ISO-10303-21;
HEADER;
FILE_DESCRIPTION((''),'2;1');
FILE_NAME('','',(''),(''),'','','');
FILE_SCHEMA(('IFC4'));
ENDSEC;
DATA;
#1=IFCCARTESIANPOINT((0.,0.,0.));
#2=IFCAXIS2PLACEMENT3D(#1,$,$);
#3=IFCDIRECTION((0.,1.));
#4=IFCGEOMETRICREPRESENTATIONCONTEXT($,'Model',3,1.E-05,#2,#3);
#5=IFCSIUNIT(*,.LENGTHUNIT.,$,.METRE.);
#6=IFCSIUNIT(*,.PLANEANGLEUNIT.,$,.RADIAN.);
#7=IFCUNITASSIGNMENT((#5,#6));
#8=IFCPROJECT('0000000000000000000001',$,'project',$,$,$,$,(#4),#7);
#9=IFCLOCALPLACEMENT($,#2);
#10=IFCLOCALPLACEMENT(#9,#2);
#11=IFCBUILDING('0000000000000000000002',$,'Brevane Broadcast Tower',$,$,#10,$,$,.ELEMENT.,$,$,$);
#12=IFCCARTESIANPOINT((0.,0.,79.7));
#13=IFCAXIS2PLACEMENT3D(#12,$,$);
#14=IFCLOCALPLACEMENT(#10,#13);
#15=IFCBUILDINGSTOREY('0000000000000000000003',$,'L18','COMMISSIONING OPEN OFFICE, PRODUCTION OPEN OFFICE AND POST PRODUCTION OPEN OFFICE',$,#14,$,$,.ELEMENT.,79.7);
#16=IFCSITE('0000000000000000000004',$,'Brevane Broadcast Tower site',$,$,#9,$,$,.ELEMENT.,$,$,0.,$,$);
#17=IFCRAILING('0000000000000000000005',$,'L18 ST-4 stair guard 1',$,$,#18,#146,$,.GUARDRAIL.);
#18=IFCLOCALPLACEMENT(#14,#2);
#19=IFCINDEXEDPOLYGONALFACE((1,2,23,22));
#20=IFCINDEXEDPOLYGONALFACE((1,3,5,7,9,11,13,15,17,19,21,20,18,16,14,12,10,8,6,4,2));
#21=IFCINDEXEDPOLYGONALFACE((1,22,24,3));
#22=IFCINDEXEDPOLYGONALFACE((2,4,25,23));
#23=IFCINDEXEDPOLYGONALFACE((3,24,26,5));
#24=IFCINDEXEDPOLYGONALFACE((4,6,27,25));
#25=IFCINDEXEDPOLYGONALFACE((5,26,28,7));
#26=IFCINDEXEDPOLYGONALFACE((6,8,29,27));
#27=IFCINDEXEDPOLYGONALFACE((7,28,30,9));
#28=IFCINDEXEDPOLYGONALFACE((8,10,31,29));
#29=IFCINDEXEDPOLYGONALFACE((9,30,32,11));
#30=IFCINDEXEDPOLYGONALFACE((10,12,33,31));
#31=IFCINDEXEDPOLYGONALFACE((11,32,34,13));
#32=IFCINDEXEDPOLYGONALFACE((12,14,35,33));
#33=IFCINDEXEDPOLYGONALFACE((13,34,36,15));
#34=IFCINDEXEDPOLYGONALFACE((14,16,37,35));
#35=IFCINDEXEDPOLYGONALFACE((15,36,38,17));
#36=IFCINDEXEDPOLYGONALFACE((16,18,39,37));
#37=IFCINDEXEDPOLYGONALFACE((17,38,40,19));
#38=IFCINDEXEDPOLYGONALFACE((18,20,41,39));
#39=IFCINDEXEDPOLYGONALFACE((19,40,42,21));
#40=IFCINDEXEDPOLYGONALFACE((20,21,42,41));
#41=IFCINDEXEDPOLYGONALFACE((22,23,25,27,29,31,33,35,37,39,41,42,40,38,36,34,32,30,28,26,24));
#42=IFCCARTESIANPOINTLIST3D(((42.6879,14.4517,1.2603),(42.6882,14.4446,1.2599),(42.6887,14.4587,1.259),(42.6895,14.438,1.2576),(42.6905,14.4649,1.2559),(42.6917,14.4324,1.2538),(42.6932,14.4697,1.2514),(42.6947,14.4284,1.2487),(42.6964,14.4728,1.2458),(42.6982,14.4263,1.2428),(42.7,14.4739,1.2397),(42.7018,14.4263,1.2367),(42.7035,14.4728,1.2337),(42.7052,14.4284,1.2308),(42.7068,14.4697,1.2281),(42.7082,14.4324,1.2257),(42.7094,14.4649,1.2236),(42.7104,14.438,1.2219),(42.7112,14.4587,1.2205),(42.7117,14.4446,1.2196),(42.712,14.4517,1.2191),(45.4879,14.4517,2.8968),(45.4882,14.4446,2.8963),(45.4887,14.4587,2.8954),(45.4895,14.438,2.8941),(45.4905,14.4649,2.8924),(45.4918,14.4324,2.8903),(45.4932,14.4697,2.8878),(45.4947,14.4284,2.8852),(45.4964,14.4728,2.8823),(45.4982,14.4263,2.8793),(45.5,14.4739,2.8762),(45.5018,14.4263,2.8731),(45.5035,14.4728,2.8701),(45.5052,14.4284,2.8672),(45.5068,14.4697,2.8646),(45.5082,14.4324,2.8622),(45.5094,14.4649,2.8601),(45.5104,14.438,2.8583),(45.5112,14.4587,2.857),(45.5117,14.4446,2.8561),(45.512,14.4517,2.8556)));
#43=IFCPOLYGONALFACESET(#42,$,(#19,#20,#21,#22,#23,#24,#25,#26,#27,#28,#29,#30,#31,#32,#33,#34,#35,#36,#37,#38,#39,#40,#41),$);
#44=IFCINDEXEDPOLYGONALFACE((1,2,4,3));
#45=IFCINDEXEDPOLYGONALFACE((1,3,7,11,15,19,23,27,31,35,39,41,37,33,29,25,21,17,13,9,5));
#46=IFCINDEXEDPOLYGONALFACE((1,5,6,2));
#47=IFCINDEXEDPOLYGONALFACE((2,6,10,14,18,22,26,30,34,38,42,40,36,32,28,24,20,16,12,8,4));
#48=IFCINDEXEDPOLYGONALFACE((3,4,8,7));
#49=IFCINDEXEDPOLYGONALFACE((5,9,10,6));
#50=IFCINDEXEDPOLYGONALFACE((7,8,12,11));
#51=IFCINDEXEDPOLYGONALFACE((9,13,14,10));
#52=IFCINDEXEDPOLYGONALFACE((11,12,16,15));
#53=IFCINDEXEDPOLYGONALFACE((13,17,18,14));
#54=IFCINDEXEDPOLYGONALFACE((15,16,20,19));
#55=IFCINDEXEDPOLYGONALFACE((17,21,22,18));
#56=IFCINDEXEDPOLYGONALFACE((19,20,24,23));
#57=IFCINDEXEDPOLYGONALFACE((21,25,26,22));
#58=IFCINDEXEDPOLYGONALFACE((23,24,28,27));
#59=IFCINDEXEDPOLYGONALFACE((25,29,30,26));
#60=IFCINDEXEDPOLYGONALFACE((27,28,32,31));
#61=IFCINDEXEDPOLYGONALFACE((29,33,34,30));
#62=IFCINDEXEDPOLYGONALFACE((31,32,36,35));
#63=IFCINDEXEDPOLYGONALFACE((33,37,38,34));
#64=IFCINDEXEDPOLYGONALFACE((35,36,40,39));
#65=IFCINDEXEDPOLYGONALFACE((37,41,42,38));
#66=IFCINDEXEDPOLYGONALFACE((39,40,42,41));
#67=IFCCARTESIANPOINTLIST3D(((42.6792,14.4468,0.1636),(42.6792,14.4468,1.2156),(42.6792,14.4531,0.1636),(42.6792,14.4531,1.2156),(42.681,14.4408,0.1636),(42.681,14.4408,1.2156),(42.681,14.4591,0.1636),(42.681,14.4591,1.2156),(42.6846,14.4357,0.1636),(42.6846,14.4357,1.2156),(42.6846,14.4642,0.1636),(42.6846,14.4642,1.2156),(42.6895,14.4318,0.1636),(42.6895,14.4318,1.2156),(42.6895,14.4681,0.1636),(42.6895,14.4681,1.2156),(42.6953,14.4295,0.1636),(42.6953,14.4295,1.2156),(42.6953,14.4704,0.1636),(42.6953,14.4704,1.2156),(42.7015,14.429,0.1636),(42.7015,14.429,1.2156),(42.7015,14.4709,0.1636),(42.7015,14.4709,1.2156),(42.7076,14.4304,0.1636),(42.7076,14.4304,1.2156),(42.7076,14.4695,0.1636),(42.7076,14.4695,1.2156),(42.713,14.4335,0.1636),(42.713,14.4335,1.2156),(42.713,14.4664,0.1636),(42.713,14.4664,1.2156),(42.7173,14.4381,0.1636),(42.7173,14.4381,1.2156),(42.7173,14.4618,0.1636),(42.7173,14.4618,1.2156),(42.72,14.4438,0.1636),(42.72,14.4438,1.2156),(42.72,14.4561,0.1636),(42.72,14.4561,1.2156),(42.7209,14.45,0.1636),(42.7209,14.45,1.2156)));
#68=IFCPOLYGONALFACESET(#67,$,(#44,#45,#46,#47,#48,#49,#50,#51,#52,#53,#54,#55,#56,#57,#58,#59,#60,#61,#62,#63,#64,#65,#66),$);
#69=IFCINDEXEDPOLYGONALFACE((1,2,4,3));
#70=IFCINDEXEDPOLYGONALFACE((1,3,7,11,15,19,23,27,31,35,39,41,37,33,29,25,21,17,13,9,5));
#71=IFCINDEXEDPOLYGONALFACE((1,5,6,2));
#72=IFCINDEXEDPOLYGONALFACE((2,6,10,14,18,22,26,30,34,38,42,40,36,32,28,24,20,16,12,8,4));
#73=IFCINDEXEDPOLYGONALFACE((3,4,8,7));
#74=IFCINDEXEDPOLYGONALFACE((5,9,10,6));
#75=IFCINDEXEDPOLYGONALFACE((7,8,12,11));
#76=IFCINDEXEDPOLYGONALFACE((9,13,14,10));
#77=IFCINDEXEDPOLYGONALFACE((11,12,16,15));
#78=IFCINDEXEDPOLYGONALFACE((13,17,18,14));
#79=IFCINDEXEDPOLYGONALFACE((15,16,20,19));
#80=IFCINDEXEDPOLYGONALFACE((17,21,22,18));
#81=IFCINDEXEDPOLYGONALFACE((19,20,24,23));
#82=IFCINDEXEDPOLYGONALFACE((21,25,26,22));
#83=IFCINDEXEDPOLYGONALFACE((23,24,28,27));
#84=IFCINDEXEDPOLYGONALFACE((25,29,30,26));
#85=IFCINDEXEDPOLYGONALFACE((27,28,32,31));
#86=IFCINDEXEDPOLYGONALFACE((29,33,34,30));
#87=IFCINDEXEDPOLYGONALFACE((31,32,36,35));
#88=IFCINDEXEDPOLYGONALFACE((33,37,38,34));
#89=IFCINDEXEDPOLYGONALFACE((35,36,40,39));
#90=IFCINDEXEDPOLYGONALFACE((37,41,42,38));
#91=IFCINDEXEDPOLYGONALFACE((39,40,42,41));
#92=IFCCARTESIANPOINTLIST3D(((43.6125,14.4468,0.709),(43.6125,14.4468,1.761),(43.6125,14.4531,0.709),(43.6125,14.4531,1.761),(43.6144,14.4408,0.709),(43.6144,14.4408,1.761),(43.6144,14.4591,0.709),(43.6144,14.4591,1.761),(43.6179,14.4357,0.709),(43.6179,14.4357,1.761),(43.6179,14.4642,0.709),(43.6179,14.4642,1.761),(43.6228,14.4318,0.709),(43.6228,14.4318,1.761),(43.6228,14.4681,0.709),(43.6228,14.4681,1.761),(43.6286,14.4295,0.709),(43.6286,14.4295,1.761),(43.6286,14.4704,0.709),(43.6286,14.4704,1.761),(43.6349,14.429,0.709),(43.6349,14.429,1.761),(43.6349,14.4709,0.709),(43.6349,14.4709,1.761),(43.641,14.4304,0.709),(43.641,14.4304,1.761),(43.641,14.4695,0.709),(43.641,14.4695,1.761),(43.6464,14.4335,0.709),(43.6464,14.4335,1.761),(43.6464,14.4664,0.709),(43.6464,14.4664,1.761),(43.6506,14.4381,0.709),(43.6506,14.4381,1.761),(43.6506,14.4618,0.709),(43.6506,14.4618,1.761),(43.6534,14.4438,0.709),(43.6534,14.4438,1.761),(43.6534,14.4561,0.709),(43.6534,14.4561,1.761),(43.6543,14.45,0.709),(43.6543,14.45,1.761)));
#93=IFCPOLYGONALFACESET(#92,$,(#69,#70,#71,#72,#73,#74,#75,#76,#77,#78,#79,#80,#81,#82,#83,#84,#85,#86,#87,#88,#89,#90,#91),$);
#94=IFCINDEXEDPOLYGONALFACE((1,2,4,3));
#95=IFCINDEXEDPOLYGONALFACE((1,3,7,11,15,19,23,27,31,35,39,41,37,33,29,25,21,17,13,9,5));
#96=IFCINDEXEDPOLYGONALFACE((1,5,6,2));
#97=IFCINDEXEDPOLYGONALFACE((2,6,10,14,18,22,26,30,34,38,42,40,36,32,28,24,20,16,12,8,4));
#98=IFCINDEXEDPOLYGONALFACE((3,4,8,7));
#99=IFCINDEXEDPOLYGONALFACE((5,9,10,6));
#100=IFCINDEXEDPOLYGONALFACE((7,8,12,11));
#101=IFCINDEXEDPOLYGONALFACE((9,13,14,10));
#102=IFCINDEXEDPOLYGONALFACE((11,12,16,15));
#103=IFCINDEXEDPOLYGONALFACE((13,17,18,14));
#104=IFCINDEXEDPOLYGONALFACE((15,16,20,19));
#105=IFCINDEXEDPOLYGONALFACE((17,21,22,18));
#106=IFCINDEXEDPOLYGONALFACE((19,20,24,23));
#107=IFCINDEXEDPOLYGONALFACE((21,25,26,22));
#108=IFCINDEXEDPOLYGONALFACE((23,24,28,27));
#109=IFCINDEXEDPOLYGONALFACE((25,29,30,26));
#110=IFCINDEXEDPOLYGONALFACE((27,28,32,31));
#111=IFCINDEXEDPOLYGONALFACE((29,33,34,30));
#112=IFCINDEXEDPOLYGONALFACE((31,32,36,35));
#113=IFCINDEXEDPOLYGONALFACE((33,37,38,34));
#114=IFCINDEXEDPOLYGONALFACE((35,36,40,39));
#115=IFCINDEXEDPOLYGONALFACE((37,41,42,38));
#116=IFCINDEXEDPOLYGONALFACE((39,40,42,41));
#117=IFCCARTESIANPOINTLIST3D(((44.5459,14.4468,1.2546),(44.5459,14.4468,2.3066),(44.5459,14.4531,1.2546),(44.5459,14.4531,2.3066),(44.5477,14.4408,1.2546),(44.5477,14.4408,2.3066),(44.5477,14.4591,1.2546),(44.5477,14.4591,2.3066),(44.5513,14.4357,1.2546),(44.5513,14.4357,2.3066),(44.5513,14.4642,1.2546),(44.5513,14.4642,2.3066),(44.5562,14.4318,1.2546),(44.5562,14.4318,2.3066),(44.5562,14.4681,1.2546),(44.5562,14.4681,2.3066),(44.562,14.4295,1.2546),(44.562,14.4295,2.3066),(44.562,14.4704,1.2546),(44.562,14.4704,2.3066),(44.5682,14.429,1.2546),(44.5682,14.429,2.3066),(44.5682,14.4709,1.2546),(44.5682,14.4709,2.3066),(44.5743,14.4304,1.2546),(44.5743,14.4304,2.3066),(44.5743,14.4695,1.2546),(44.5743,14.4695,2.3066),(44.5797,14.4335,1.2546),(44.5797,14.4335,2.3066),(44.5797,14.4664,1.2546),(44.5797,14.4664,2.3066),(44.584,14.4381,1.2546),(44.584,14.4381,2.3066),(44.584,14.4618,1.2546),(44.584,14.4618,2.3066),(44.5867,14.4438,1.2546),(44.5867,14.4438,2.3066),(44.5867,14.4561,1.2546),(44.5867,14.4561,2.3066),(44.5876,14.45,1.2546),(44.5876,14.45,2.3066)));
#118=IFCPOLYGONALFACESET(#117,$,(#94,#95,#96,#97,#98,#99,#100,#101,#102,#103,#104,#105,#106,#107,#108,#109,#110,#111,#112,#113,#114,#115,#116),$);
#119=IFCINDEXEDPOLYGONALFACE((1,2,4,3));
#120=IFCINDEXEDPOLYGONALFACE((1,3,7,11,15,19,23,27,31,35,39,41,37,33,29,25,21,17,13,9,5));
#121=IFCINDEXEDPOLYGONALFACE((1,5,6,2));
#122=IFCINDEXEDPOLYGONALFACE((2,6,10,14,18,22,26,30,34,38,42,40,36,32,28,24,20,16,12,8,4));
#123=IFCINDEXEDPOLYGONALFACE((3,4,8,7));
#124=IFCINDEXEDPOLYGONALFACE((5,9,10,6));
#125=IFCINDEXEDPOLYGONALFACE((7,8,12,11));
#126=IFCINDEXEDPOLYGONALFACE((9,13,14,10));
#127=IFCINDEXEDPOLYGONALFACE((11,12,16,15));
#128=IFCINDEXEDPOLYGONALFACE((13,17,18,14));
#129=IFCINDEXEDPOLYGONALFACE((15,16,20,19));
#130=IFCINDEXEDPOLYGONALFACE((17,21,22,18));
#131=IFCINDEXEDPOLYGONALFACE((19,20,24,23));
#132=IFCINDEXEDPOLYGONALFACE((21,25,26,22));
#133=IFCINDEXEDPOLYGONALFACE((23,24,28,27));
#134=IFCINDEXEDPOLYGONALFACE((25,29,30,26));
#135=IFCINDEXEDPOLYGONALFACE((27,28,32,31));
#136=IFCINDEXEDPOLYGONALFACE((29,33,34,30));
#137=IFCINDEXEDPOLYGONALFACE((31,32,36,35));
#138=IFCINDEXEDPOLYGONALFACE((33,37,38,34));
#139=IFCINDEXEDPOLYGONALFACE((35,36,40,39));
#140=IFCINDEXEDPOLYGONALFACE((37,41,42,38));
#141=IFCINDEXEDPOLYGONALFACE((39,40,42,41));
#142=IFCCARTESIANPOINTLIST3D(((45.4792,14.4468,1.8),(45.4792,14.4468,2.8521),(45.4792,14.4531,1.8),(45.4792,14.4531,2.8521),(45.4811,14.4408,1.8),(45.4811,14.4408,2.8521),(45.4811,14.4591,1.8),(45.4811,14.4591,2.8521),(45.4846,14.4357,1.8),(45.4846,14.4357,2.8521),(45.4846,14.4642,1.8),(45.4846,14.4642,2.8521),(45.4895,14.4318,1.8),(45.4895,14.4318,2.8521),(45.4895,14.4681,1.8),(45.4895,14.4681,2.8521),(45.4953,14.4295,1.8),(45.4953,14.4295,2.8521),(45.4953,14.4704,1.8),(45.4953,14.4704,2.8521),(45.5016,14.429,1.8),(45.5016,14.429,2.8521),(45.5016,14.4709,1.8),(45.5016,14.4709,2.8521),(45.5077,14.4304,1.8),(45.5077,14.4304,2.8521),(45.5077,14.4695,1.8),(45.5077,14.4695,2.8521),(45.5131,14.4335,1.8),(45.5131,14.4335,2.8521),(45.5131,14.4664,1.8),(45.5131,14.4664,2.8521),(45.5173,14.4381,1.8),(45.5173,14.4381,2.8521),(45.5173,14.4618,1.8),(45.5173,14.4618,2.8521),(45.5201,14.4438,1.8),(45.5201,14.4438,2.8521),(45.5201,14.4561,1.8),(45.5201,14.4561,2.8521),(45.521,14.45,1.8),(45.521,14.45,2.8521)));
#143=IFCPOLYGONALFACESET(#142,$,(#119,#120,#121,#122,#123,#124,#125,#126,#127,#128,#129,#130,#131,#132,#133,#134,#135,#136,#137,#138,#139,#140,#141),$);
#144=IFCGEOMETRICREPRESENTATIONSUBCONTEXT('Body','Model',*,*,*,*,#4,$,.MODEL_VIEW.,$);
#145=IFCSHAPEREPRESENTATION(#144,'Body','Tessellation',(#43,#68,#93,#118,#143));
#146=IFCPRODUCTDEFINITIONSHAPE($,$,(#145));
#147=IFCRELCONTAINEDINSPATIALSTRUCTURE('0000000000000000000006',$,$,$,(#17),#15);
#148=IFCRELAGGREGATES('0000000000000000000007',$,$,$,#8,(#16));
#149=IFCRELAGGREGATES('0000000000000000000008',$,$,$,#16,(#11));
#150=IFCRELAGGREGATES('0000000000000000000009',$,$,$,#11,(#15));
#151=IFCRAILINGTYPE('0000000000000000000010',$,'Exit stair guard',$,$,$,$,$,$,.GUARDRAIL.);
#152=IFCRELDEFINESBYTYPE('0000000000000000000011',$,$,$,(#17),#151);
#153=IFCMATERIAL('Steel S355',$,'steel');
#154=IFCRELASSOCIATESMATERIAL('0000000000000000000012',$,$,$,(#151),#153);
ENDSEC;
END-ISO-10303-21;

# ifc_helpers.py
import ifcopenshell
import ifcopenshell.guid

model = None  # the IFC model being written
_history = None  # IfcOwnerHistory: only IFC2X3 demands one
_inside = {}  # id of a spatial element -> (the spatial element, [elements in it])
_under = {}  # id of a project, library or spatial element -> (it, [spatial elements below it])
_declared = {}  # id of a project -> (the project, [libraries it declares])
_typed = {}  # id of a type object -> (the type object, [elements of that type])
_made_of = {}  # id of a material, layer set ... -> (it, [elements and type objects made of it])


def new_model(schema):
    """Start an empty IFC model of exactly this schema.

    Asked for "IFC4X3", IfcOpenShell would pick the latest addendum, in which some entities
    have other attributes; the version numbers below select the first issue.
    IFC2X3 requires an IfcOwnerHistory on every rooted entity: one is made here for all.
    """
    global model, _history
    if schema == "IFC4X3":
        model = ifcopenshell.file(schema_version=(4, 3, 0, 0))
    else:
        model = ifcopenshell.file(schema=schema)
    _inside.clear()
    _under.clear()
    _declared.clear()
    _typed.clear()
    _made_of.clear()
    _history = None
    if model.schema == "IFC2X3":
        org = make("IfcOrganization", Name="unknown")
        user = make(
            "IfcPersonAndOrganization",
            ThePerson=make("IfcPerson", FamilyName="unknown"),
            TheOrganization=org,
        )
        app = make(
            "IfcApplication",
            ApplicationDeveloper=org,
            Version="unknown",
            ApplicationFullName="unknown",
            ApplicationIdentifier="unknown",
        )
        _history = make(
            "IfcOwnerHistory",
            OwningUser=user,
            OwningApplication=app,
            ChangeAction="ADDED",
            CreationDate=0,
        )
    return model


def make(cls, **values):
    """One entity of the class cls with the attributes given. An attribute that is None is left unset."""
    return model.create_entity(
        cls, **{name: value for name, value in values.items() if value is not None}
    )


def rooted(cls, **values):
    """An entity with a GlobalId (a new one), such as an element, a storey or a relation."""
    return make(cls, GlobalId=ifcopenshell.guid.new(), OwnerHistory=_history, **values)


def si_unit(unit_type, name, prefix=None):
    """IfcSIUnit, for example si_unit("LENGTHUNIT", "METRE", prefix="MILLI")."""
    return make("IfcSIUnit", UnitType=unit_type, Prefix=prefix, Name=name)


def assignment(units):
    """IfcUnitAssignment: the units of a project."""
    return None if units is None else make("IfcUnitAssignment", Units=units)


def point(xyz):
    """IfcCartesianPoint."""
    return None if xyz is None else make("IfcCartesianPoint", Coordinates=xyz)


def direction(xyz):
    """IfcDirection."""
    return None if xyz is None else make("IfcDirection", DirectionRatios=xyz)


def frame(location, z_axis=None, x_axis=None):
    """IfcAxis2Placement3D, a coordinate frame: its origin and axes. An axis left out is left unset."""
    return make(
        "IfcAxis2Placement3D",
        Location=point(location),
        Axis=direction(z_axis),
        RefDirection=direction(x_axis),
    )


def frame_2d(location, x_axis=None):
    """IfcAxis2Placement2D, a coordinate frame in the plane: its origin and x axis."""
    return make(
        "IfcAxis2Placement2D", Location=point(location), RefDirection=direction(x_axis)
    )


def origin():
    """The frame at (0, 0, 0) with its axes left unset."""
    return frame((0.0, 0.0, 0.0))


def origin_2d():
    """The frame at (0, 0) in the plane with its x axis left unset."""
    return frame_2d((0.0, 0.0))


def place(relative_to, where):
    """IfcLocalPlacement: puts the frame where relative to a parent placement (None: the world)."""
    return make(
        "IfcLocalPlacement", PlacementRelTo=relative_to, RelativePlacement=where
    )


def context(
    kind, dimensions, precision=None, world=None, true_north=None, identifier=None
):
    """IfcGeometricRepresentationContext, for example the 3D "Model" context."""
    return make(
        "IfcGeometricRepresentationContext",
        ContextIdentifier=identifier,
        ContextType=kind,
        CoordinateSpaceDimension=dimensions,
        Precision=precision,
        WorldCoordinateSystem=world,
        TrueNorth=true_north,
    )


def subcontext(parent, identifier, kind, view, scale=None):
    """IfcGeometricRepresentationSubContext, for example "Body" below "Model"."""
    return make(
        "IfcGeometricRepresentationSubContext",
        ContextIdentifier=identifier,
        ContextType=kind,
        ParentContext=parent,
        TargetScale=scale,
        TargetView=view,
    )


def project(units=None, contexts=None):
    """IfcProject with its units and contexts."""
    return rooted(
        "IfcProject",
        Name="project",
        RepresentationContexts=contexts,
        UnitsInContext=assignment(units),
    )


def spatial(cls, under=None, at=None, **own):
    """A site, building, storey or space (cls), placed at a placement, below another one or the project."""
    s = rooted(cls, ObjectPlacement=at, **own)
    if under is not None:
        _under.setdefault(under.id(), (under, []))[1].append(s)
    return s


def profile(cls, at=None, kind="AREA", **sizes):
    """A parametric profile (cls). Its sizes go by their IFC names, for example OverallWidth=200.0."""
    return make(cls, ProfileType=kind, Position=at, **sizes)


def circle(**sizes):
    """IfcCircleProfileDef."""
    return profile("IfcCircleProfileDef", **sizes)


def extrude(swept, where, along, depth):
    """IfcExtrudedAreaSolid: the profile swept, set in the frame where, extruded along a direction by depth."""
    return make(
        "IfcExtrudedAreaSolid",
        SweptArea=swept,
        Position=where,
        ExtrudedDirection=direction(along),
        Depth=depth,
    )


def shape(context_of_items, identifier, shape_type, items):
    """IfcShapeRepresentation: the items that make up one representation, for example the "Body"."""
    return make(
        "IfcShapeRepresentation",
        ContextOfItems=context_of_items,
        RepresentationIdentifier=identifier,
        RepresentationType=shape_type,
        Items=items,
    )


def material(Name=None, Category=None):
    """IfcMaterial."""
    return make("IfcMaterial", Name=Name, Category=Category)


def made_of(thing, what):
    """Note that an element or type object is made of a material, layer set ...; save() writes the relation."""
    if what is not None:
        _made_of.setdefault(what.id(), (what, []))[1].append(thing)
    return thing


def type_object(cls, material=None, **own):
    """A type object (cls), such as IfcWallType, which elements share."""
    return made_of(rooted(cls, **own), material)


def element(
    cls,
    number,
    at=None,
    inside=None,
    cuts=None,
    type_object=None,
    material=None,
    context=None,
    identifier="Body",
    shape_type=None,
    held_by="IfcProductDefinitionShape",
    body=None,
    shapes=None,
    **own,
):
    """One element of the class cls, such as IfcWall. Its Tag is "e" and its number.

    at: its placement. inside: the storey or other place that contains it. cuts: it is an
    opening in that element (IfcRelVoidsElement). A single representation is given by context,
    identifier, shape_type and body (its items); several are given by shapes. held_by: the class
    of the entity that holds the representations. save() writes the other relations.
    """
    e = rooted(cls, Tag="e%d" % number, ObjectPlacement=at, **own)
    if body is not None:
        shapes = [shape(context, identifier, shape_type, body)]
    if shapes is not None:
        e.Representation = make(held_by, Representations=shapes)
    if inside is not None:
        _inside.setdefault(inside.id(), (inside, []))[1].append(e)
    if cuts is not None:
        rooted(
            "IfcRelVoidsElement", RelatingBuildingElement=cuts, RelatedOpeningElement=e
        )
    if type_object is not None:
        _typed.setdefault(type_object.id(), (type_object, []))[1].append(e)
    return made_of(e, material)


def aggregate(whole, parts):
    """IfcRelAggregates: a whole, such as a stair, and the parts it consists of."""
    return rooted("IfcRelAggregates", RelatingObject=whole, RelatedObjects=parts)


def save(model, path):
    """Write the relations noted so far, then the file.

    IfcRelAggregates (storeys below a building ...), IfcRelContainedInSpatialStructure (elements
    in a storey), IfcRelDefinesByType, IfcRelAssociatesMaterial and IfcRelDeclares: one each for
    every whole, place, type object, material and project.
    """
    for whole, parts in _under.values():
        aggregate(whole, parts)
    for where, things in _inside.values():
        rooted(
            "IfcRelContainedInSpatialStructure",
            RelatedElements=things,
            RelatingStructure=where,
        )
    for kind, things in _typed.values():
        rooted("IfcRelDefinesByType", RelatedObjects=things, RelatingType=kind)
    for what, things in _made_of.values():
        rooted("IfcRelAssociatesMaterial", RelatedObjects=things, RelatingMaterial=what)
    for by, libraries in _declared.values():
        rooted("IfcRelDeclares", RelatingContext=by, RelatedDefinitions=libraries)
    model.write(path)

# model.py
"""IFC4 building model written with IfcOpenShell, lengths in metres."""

from ifc_helpers import new_model, si_unit, direction, frame, origin, origin_2d, place, context, subcontext, project, spatial, circle, extrude, material, type_object, element, save


model = new_model("IFC4")

# Units and contexts
model_context = context("Model", 3, precision=1e-05, world=origin(), true_north=direction((0.0, 1.0)))
body_context = subcontext(model_context, "Body", "Model", "MODEL_VIEW")
ifc_project = project(units=[si_unit("LENGTHUNIT", "METRE"), si_unit("PLANEANGLEUNIT", "RADIAN")], contexts=[model_context])

# Site, building, storey
site_placement = place(None, origin())
site = spatial("IfcSite", under=ifc_project, at=site_placement, Name="Brevane Broadcast Tower site", CompositionType="ELEMENT", RefElevation=0.0)
building_placement = place(site_placement, origin())
building = spatial("IfcBuilding", under=site, at=building_placement, Name="Brevane Broadcast Tower", CompositionType="ELEMENT")
storey_placement = place(building_placement, frame((0.0, 0.0, 79.7)))
storey = spatial("IfcBuildingStorey", under=building, at=storey_placement, Name="L18", Description="COMMISSIONING OPEN OFFICE, PRODUCTION OPEN OFFICE AND POST PRODUCTION OPEN OFFICE", CompositionType="ELEMENT", Elevation=79.7)

# Railing
ifc_material_1 = material(Name="Steel S355", Category="steel")
railing_type_1 = type_object("IfcRailingType", Name="Exit stair guard", PredefinedType="GUARDRAIL", material=ifc_material_1)
railing_1_placement = place(storey_placement, frame((42.7, 14.45, 0.1636)))
element("IfcRailing", 1, at=railing_1_placement, inside=storey, type_object=railing_type_1, Name="L18 ST-4 stair guard 1", PredefinedType="GUARDRAIL", context=body_context, shape_type="SweptSolid", body=[
    extrude(circle(Radius=0.0239, at=origin_2d()), frame((0.0, 0.0, 1.0762), z_axis=(0.863361, 0.0, 0.504587), x_axis=(0.0, 1.0, 0.0)), (0.0, 0.0, 1.0), 3.2432),
    extrude(circle(Radius=0.021, at=origin_2d()), origin(), (0.0, 0.0, 1.0), 1.052),
    extrude(circle(Radius=0.021, at=origin_2d()), frame((0.9333, 0.0, 0.5454)), (0.0, 0.0, 1.0), 1.052),
    extrude(circle(Radius=0.021, at=origin_2d()), frame((1.8667, 0.0, 1.0911)), (0.0, 0.0, 1.0), 1.052),
    extrude(circle(Radius=0.021, at=origin_2d()), frame((2.8, 0.0, 1.6365)), (0.0, 0.0, 1.0), 1.052),
])

save(model, "model.ifc")
